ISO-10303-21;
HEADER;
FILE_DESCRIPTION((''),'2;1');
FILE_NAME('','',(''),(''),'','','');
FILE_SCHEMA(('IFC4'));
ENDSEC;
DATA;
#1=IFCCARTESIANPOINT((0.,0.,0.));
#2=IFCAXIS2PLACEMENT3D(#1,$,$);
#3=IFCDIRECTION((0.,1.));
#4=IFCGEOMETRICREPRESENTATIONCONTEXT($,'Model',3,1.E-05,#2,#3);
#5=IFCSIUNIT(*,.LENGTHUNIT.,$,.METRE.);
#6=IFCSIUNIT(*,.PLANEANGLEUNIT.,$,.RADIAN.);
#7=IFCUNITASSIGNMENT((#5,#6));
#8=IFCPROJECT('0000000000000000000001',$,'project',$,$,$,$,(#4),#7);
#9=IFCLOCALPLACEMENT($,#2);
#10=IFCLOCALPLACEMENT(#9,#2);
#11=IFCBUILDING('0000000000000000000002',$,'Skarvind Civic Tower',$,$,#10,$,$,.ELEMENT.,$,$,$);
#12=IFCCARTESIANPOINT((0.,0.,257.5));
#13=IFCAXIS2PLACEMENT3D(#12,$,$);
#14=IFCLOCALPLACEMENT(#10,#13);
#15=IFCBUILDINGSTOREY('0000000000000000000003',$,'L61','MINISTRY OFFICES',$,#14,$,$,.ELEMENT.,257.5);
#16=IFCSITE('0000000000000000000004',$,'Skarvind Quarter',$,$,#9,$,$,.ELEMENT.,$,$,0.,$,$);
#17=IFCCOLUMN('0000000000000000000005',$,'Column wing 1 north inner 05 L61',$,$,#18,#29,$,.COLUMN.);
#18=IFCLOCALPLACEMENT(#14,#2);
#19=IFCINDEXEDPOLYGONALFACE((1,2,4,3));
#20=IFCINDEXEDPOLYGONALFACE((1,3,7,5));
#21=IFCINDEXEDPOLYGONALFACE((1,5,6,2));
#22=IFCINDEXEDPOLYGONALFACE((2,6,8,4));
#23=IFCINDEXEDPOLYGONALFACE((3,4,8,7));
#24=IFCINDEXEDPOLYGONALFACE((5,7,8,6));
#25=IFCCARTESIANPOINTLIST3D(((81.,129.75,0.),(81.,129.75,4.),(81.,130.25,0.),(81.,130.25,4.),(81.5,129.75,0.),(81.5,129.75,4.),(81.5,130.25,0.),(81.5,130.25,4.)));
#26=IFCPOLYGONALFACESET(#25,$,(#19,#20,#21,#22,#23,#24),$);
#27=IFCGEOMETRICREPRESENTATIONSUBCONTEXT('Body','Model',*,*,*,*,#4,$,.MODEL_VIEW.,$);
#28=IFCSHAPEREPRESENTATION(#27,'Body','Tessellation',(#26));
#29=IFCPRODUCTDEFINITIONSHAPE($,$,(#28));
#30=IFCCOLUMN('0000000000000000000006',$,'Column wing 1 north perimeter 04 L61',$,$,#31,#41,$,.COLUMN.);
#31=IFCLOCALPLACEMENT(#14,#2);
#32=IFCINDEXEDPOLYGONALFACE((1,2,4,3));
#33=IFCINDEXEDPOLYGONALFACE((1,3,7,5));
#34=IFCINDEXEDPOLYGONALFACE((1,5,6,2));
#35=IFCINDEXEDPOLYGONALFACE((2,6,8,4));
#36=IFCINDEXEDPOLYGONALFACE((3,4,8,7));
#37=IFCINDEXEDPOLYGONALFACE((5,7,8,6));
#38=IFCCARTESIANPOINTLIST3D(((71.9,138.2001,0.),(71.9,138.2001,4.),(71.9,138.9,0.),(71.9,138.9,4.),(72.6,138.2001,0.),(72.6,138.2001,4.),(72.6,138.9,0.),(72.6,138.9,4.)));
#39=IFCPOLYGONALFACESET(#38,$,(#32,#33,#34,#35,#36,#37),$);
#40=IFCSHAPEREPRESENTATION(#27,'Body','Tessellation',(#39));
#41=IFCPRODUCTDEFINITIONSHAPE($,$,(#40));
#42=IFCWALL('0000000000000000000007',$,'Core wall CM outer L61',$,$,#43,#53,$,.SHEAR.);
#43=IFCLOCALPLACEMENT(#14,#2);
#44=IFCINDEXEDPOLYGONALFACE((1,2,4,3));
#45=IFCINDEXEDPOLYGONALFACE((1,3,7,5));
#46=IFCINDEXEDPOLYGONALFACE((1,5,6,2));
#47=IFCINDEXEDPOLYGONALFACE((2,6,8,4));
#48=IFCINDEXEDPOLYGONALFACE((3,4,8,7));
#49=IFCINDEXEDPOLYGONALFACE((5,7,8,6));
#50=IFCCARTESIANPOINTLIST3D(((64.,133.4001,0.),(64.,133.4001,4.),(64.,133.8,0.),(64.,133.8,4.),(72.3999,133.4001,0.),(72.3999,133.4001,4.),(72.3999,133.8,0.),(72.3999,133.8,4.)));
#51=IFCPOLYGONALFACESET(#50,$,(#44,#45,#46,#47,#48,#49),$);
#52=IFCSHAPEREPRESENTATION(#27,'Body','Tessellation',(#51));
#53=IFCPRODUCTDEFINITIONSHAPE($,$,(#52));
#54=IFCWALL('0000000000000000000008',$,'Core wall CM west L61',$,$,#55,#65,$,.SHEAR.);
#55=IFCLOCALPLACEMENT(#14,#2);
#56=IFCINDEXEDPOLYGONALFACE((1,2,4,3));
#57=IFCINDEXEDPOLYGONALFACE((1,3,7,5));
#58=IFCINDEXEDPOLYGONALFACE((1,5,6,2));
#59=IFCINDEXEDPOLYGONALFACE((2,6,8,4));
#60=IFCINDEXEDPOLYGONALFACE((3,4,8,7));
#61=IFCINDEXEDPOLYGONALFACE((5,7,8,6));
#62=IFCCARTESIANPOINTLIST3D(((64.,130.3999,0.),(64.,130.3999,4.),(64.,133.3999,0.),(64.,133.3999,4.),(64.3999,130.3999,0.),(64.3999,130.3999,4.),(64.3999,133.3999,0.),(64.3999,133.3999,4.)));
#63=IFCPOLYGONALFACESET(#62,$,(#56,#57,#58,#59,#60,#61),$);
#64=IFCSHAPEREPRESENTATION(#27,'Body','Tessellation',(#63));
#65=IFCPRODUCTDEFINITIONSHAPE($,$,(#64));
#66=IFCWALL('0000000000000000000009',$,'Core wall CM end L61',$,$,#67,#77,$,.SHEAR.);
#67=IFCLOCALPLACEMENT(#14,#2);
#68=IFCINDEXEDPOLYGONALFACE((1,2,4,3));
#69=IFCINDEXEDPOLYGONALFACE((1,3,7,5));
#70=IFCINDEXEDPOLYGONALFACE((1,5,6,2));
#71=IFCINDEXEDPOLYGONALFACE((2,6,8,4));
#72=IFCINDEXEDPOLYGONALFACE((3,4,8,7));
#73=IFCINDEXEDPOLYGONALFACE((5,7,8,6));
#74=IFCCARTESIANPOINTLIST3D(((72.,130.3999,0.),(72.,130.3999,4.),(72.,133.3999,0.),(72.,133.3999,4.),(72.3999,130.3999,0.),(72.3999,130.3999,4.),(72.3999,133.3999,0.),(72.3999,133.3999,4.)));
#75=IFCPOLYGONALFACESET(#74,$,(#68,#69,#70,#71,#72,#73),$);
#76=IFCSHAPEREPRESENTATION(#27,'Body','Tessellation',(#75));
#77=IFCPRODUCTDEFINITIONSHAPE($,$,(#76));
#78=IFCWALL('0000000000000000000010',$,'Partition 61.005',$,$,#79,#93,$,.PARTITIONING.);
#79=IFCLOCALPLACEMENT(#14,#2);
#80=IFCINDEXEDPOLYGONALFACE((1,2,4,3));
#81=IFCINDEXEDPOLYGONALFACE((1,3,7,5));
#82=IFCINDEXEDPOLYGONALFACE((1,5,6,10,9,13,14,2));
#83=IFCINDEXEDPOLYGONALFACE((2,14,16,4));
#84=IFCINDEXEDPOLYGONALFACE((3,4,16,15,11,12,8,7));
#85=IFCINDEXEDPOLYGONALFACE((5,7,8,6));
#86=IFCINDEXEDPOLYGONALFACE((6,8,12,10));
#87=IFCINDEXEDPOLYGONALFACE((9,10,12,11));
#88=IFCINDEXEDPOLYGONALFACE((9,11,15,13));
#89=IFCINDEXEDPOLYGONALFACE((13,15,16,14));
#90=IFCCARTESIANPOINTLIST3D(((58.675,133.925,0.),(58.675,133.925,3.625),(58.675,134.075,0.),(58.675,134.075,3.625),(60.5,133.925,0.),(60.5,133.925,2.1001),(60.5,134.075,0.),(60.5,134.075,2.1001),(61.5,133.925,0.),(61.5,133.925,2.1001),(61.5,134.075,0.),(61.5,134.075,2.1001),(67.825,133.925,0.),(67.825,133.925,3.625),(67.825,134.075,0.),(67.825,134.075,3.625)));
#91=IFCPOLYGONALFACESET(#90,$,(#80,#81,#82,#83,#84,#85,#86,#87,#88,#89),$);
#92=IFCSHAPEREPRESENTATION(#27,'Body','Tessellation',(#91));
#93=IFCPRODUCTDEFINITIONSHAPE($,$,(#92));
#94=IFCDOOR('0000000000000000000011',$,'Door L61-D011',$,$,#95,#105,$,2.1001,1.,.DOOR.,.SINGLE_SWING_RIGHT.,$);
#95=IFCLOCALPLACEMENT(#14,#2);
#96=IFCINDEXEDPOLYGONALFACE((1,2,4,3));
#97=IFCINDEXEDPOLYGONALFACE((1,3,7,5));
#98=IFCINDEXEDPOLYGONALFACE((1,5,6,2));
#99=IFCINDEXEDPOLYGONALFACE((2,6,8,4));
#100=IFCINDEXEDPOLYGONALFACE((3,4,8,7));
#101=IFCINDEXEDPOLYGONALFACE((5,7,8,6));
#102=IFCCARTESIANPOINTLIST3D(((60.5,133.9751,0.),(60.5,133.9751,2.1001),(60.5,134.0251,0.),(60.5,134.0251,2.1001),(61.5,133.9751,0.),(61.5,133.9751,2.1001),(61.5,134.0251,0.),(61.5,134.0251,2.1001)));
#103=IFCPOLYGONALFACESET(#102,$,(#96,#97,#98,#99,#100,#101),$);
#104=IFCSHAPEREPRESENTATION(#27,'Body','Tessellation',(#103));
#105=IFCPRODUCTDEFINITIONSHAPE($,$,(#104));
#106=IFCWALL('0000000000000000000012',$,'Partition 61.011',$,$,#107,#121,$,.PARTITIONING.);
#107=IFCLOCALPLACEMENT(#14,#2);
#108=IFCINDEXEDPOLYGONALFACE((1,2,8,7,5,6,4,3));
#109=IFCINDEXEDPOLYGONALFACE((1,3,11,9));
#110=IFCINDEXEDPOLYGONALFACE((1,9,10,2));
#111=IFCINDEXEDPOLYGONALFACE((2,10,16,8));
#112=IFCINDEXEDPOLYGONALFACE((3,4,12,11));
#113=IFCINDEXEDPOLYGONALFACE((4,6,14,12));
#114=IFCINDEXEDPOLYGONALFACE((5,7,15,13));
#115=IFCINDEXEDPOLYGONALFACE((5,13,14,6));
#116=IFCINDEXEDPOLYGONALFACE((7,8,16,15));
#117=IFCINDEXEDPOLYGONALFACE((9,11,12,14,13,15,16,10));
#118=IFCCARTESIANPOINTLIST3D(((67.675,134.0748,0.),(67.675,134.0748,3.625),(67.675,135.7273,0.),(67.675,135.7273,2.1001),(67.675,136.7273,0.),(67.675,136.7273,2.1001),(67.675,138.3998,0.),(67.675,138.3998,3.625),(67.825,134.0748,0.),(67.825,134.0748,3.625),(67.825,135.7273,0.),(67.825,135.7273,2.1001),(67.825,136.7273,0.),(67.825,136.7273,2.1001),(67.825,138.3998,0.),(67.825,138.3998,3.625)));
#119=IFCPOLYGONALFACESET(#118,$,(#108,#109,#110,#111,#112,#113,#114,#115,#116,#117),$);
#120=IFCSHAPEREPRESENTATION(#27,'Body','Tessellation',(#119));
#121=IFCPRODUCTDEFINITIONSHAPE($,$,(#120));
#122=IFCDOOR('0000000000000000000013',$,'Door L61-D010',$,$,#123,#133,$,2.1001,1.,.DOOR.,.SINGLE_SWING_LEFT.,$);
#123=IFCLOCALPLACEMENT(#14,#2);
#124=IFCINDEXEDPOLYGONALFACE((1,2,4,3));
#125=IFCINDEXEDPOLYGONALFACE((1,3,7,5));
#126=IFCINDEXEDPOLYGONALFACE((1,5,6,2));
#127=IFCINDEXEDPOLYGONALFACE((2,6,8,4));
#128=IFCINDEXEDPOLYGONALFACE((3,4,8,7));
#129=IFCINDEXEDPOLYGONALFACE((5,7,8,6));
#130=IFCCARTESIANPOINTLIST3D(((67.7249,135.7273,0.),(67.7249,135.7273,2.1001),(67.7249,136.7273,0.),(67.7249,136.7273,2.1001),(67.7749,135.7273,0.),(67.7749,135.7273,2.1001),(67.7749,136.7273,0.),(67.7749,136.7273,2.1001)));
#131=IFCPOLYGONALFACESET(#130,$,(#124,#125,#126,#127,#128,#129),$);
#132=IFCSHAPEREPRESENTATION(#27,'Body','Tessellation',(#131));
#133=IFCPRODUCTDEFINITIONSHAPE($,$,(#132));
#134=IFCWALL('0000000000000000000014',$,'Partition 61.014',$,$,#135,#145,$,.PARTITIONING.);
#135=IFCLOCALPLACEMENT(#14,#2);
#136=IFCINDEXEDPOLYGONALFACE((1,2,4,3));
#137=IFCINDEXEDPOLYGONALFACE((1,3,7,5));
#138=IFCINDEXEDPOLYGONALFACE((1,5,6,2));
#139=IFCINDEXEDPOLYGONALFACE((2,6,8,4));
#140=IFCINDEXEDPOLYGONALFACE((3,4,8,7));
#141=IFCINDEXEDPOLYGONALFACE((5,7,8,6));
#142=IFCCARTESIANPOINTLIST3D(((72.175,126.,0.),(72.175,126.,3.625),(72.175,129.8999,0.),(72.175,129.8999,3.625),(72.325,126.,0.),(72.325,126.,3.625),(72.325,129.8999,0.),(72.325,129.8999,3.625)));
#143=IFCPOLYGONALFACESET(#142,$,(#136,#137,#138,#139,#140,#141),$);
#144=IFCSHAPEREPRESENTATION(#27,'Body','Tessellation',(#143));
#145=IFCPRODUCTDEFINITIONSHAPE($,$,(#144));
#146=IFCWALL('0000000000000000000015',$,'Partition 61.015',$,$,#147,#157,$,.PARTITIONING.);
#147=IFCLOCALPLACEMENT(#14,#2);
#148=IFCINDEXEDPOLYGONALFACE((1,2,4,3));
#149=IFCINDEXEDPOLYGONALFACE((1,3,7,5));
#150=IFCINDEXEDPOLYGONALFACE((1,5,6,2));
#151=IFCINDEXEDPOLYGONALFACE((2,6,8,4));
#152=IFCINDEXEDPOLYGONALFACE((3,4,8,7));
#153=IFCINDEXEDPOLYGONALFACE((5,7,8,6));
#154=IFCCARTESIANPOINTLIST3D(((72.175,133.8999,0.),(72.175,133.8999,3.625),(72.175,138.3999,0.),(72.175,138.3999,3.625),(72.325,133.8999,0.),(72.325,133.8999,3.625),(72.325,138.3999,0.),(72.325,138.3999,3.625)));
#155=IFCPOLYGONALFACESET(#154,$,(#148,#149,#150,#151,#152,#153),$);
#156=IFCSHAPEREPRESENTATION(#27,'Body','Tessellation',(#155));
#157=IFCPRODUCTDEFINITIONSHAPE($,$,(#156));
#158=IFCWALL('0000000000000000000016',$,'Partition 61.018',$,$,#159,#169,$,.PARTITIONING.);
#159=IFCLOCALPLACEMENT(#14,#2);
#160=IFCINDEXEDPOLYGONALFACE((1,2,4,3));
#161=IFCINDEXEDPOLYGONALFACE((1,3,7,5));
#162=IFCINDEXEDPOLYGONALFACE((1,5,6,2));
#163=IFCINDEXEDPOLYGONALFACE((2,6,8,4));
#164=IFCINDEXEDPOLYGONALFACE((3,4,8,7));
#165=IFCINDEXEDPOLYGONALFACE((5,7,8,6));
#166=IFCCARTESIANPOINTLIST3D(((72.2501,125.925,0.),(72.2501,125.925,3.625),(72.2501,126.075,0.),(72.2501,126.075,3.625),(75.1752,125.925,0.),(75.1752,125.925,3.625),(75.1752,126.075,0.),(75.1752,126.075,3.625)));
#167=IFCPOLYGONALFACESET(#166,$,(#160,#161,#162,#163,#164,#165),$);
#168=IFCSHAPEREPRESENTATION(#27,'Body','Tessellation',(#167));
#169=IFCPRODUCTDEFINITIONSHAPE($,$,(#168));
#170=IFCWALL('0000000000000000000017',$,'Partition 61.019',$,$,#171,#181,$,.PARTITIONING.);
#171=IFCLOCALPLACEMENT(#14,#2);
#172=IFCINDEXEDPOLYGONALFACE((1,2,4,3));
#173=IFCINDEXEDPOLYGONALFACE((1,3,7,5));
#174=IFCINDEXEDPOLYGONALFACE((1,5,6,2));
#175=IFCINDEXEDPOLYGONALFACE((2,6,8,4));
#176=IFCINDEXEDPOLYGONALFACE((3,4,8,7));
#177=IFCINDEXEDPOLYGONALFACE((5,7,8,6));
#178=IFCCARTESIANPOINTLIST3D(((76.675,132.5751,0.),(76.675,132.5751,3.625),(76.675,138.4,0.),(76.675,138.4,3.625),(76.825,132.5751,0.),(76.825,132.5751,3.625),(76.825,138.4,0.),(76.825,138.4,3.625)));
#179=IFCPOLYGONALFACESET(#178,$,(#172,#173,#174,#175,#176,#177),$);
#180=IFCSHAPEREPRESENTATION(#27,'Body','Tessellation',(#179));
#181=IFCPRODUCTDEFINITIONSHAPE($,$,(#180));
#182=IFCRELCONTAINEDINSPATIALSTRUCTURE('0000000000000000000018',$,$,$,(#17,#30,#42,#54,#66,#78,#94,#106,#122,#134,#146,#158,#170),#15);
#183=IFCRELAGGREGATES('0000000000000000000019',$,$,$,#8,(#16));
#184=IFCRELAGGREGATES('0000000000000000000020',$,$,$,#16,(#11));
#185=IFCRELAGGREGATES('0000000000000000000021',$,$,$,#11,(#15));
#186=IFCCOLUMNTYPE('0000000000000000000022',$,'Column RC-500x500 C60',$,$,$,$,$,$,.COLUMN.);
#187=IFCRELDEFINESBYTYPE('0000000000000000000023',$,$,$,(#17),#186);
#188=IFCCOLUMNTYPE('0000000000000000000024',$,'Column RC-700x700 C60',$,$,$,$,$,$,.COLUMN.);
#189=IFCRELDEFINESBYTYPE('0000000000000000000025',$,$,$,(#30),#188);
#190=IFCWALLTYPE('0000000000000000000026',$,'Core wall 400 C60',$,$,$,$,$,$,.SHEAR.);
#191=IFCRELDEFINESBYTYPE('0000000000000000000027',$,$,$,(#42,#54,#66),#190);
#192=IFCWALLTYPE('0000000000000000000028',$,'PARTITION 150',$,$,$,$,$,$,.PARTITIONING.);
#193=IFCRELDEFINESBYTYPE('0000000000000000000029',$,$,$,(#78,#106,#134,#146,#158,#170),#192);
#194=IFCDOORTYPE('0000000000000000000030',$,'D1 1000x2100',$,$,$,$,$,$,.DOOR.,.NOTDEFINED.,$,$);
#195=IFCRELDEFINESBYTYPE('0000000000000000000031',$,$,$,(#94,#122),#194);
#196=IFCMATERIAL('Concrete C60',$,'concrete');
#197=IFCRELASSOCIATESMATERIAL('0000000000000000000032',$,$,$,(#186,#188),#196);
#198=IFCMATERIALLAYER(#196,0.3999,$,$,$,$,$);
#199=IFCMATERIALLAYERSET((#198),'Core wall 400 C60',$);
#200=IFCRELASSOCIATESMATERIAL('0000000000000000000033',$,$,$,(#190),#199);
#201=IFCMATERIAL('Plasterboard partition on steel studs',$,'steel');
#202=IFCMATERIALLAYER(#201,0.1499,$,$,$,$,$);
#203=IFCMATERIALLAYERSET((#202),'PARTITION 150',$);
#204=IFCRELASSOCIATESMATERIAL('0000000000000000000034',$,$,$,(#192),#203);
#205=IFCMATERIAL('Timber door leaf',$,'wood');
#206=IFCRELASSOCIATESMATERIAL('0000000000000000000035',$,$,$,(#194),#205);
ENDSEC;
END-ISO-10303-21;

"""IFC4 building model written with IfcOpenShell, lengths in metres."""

from ifc_helpers import new_model, si_unit, direction, frame, frame_2d, origin, origin_2d, place, context, subcontext, project, spatial, rectangle, extrude, material, layer, layer_set, material_profile, profile_set, type_object, element, fill, save


model = new_model("IFC4")

# Units and contexts
model_context = context("Model", 3, precision=1e-05, world=origin(), true_north=direction((0.0, 1.0)))
body_context = subcontext(model_context, "Body", "Model", "MODEL_VIEW")
ifc_project = project(units=[si_unit("LENGTHUNIT", "METRE"), si_unit("PLANEANGLEUNIT", "RADIAN")], contexts=[model_context])

# Site, building, storey
site_placement = place(None, origin())
site = spatial("IfcSite", under=ifc_project, at=site_placement, Name="Skarvind Quarter", CompositionType="ELEMENT", RefElevation=0.0)
building_placement = place(site_placement, origin())
building = spatial("IfcBuilding", under=site, at=building_placement, Name="Skarvind Civic Tower", CompositionType="ELEMENT")
storey_placement = place(building_placement, frame((0.0, 0.0, 257.5)))
storey = spatial("IfcBuildingStorey", under=building, at=storey_placement, Name="L61", Description="MINISTRY OFFICES", CompositionType="ELEMENT", Elevation=257.5)

# Columns
ifc_material_1 = material(Name="Concrete C60", Category="concrete")
ifc_material_profile_1 = material_profile(ifc_material_1, rectangle(XDim=0.5, YDim=0.5, at=origin_2d()), Name="RC-500x500")
ifc_profile_set_1 = profile_set([ifc_material_profile_1], Name="Concrete C60")
column_type_1 = type_object("IfcColumnType", Name="Column RC-500x500 C60", PredefinedType="COLUMN", material=ifc_profile_set_1)
column_1_placement = place(storey_placement, frame((81.25, 130.0, 0.0), z_axis=(0.0, 0.0, 1.0), x_axis=(1.0, 0.0, 0.0)))
element("IfcColumn", 1, at=column_1_placement, inside=storey, type_object=column_type_1, Name="Column wing 1 north inner 05 L61", PredefinedType="COLUMN", context=body_context, shape_type="SweptSolid", body=[
    extrude(rectangle(XDim=0.5, YDim=0.5, at=origin_2d()), origin(), (0.0, 0.0, 1.0), 4.0),
])
ifc_material_profile_2 = material_profile(ifc_material_1, rectangle(XDim=0.7, YDim=0.7, at=origin_2d()), Name="RC-700x700")
ifc_profile_set_2 = profile_set([ifc_material_profile_2], Name="Concrete C60")
column_type_2 = type_object("IfcColumnType", Name="Column RC-700x700 C60", PredefinedType="COLUMN", material=ifc_profile_set_2)
column_2_placement = place(storey_placement, frame((72.25, 138.55, 0.0), z_axis=(0.0, 0.0, 1.0), x_axis=(1.0, 0.0, 0.0)))
element("IfcColumn", 2, at=column_2_placement, inside=storey, type_object=column_type_2, Name="Column wing 1 north perimeter 04 L61", PredefinedType="COLUMN", context=body_context, shape_type="SweptSolid", body=[
    extrude(rectangle(XDim=0.7, YDim=0.7, at=origin_2d()), origin(), (0.0, 0.0, 1.0), 4.0),
])

# Walls
ifc_layer_1 = layer(ifc_material_1, 0.3999)
ifc_layer_set_1 = layer_set([ifc_layer_1], Name="Core wall 400 C60")
wall_type_1 = type_object("IfcWallType", Name="Core wall 400 C60", PredefinedType="SHEAR", material=ifc_layer_set_1)
wall_1_placement = place(storey_placement, frame((64.0, 133.6001, 0.0), z_axis=(0.0, 0.0, 1.0), x_axis=(1.0, 0.0, 0.0)))
element("IfcWall", 3, at=wall_1_placement, inside=storey, type_object=wall_type_1, Name="Core wall CM outer L61", PredefinedType="SHEAR", context=body_context, shape_type="SweptSolid", body=[
    extrude(rectangle(XDim=8.3999, YDim=0.3999, at=frame_2d((4.2, 0.0))), origin(), (0.0, 0.0, 1.0), 4.0),
])
for number, where, z_axis, x_axis, name in (
    (4, (64.2, 130.3999, 0.0), (0.0, 0.0, 1.0), (0.0, 1.0, 0.0), "Core wall CM west L61"),
    (5, (72.2, 130.3999, 0.0), (0.0, 0.0, 1.0), (0.0, 1.0, 0.0), "Core wall CM end L61"),
):
    element("IfcWall", number, at=place(storey_placement, frame(where, z_axis=z_axis, x_axis=x_axis)), inside=storey, type_object=wall_type_1, Name=name, PredefinedType="SHEAR", context=body_context, shape_type="SweptSolid", body=[
        extrude(rectangle(XDim=3.0, YDim=0.3999, at=frame_2d((1.5, 0.0))), origin(), (0.0, 0.0, 1.0), 4.0),
    ])

# Walls, openings, doors
ifc_material_2 = material(Name="Plasterboard partition on steel studs", Category="steel")
ifc_layer_2 = layer(ifc_material_2, 0.1499)
ifc_layer_set_2 = layer_set([ifc_layer_2], Name="PARTITION 150")
wall_type_2 = type_object("IfcWallType", Name="PARTITION 150", PredefinedType="PARTITIONING", material=ifc_layer_set_2)
wall_2_placement = place(storey_placement, frame((67.825, 134.0, 0.0), z_axis=(0.0, 0.0, 1.0), x_axis=(-1.0, 0.0, 0.0)))
wall_2 = element("IfcWall", 6, at=wall_2_placement, inside=storey, type_object=wall_type_2, Name="Partition 61.005", PredefinedType="PARTITIONING", context=body_context, shape_type="SweptSolid", body=[
    extrude(rectangle(XDim=9.1499, YDim=0.1499, at=frame_2d((4.575, 0.0))), origin(), (0.0, 0.0, 1.0), 3.625),
])
opening_1_placement = place(wall_2_placement, frame((6.325, 0.0, 0.0)))
opening_1 = element("IfcOpeningElement", 7, at=opening_1_placement, cuts=wall_2, PredefinedType="OPENING", context=body_context, shape_type="SweptSolid", body=[
    extrude(rectangle(XDim=1.0, YDim=2.1001, at=frame_2d((0.5, 1.05))), frame((0.0, 0.085, 0.0), z_axis=(0.0, -1.0, 0.0), x_axis=(1.0, 0.0, 0.0)), (0.0, 0.0, 1.0), 0.1699),
])
ifc_material_3 = material(Name="Timber door leaf", Category="wood")
door_type = type_object("IfcDoorType", Name="D1 1000x2100", OperationType="NOTDEFINED", PredefinedType="DOOR", material=ifc_material_3)
door_1_placement = place(opening_1_placement, origin())
door_1 = element("IfcDoor", 8, at=door_1_placement, inside=storey, type_object=door_type, Name="Door L61-D011", OperationType="SINGLE_SWING_RIGHT", OverallHeight=2.1001, OverallWidth=1.0, PredefinedType="DOOR", context=body_context, shape_type="SweptSolid", body=[
    extrude(rectangle(XDim=1.0, YDim=2.1001, at=frame_2d((0.5, 1.05))), frame((0.0, 0.0249, 0.0), z_axis=(0.0, -1.0, 0.0), x_axis=(1.0, 0.0, 0.0)), (0.0, 0.0, 1.0), 0.05),
])
fill(opening_1, door_1)
wall_3_placement = place(storey_placement, frame((67.75, 138.3999, 0.0), z_axis=(0.0, 0.0, 1.0), x_axis=(0.0, -1.0, 0.0)))
wall_3 = element("IfcWall", 9, at=wall_3_placement, inside=storey, type_object=wall_type_2, Name="Partition 61.011", PredefinedType="PARTITIONING", context=body_context, shape_type="SweptSolid", body=[
    extrude(rectangle(XDim=4.325, YDim=0.1499, at=frame_2d((2.1626, 0.0))), origin(), (0.0, 0.0, 1.0), 3.625),
])
opening_2_placement = place(wall_3_placement, frame((1.6726, 0.0, 0.0)))
opening_2 = element("IfcOpeningElement", 10, at=opening_2_placement, cuts=wall_3, PredefinedType="OPENING", context=body_context, shape_type="SweptSolid", body=[
    extrude(rectangle(XDim=1.0, YDim=2.1001, at=frame_2d((0.5, 1.05))), frame((0.0, 0.085, 0.0), z_axis=(0.0, -1.0, 0.0), x_axis=(1.0, 0.0, 0.0)), (0.0, 0.0, 1.0), 0.1699),
])
door_2_placement = place(opening_2_placement, origin())
door_2 = element("IfcDoor", 11, at=door_2_placement, inside=storey, type_object=door_type, Name="Door L61-D010", OperationType="SINGLE_SWING_LEFT", OverallHeight=2.1001, OverallWidth=1.0, PredefinedType="DOOR", context=body_context, shape_type="SweptSolid", body=[
    extrude(rectangle(XDim=1.0, YDim=2.1001, at=frame_2d((0.5, 1.05))), frame((0.0, 0.0249, 0.0), z_axis=(0.0, -1.0, 0.0), x_axis=(1.0, 0.0, 0.0)), (0.0, 0.0, 1.0), 0.05),
])
fill(opening_2, door_2)

# Walls
wall_4_placement = place(storey_placement, frame((72.25, 126.0, 0.0), z_axis=(0.0, 0.0, 1.0), x_axis=(0.0, 1.0, 0.0)))
element("IfcWall", 12, at=wall_4_placement, inside=storey, type_object=wall_type_2, Name="Partition 61.014", PredefinedType="PARTITIONING", context=body_context, shape_type="SweptSolid", body=[
    extrude(rectangle(XDim=3.8999, YDim=0.1499, at=frame_2d((1.95, 0.0))), origin(), (0.0, 0.0, 1.0), 3.625),
])
wall_5_placement = place(storey_placement, frame((72.25, 133.8999, 0.0), z_axis=(0.0, 0.0, 1.0), x_axis=(0.0, 1.0, 0.0)))
element("IfcWall", 13, at=wall_5_placement, inside=storey, type_object=wall_type_2, Name="Partition 61.015", PredefinedType="PARTITIONING", context=body_context, shape_type="SweptSolid", body=[
    extrude(rectangle(XDim=4.5, YDim=0.1499, at=frame_2d((2.25, 0.0))), origin(), (0.0, 0.0, 1.0), 3.625),
])
wall_6_placement = place(storey_placement, frame((75.175, 126.0, 0.0), z_axis=(0.0, 0.0, 1.0), x_axis=(-1.0, 0.0, 0.0)))
element("IfcWall", 14, at=wall_6_placement, inside=storey, type_object=wall_type_2, Name="Partition 61.018", PredefinedType="PARTITIONING", context=body_context, shape_type="SweptSolid", body=[
    extrude(rectangle(XDim=2.925, YDim=0.1499, at=frame_2d((1.4624, 0.0))), origin(), (0.0, 0.0, 1.0), 3.625),
])
wall_7_placement = place(storey_placement, frame((76.75, 132.575, 0.0), z_axis=(0.0, 0.0, 1.0), x_axis=(0.0, 1.0, 0.0)))
element("IfcWall", 15, at=wall_7_placement, inside=storey, type_object=wall_type_2, Name="Partition 61.019", PredefinedType="PARTITIONING", context=body_context, shape_type="SweptSolid", body=[
    extrude(rectangle(XDim=5.825, YDim=0.1499, at=frame_2d((2.9126, 0.0))), origin(), (0.0, 0.0, 1.0), 3.625),
])

save(model, "model.ifc")
